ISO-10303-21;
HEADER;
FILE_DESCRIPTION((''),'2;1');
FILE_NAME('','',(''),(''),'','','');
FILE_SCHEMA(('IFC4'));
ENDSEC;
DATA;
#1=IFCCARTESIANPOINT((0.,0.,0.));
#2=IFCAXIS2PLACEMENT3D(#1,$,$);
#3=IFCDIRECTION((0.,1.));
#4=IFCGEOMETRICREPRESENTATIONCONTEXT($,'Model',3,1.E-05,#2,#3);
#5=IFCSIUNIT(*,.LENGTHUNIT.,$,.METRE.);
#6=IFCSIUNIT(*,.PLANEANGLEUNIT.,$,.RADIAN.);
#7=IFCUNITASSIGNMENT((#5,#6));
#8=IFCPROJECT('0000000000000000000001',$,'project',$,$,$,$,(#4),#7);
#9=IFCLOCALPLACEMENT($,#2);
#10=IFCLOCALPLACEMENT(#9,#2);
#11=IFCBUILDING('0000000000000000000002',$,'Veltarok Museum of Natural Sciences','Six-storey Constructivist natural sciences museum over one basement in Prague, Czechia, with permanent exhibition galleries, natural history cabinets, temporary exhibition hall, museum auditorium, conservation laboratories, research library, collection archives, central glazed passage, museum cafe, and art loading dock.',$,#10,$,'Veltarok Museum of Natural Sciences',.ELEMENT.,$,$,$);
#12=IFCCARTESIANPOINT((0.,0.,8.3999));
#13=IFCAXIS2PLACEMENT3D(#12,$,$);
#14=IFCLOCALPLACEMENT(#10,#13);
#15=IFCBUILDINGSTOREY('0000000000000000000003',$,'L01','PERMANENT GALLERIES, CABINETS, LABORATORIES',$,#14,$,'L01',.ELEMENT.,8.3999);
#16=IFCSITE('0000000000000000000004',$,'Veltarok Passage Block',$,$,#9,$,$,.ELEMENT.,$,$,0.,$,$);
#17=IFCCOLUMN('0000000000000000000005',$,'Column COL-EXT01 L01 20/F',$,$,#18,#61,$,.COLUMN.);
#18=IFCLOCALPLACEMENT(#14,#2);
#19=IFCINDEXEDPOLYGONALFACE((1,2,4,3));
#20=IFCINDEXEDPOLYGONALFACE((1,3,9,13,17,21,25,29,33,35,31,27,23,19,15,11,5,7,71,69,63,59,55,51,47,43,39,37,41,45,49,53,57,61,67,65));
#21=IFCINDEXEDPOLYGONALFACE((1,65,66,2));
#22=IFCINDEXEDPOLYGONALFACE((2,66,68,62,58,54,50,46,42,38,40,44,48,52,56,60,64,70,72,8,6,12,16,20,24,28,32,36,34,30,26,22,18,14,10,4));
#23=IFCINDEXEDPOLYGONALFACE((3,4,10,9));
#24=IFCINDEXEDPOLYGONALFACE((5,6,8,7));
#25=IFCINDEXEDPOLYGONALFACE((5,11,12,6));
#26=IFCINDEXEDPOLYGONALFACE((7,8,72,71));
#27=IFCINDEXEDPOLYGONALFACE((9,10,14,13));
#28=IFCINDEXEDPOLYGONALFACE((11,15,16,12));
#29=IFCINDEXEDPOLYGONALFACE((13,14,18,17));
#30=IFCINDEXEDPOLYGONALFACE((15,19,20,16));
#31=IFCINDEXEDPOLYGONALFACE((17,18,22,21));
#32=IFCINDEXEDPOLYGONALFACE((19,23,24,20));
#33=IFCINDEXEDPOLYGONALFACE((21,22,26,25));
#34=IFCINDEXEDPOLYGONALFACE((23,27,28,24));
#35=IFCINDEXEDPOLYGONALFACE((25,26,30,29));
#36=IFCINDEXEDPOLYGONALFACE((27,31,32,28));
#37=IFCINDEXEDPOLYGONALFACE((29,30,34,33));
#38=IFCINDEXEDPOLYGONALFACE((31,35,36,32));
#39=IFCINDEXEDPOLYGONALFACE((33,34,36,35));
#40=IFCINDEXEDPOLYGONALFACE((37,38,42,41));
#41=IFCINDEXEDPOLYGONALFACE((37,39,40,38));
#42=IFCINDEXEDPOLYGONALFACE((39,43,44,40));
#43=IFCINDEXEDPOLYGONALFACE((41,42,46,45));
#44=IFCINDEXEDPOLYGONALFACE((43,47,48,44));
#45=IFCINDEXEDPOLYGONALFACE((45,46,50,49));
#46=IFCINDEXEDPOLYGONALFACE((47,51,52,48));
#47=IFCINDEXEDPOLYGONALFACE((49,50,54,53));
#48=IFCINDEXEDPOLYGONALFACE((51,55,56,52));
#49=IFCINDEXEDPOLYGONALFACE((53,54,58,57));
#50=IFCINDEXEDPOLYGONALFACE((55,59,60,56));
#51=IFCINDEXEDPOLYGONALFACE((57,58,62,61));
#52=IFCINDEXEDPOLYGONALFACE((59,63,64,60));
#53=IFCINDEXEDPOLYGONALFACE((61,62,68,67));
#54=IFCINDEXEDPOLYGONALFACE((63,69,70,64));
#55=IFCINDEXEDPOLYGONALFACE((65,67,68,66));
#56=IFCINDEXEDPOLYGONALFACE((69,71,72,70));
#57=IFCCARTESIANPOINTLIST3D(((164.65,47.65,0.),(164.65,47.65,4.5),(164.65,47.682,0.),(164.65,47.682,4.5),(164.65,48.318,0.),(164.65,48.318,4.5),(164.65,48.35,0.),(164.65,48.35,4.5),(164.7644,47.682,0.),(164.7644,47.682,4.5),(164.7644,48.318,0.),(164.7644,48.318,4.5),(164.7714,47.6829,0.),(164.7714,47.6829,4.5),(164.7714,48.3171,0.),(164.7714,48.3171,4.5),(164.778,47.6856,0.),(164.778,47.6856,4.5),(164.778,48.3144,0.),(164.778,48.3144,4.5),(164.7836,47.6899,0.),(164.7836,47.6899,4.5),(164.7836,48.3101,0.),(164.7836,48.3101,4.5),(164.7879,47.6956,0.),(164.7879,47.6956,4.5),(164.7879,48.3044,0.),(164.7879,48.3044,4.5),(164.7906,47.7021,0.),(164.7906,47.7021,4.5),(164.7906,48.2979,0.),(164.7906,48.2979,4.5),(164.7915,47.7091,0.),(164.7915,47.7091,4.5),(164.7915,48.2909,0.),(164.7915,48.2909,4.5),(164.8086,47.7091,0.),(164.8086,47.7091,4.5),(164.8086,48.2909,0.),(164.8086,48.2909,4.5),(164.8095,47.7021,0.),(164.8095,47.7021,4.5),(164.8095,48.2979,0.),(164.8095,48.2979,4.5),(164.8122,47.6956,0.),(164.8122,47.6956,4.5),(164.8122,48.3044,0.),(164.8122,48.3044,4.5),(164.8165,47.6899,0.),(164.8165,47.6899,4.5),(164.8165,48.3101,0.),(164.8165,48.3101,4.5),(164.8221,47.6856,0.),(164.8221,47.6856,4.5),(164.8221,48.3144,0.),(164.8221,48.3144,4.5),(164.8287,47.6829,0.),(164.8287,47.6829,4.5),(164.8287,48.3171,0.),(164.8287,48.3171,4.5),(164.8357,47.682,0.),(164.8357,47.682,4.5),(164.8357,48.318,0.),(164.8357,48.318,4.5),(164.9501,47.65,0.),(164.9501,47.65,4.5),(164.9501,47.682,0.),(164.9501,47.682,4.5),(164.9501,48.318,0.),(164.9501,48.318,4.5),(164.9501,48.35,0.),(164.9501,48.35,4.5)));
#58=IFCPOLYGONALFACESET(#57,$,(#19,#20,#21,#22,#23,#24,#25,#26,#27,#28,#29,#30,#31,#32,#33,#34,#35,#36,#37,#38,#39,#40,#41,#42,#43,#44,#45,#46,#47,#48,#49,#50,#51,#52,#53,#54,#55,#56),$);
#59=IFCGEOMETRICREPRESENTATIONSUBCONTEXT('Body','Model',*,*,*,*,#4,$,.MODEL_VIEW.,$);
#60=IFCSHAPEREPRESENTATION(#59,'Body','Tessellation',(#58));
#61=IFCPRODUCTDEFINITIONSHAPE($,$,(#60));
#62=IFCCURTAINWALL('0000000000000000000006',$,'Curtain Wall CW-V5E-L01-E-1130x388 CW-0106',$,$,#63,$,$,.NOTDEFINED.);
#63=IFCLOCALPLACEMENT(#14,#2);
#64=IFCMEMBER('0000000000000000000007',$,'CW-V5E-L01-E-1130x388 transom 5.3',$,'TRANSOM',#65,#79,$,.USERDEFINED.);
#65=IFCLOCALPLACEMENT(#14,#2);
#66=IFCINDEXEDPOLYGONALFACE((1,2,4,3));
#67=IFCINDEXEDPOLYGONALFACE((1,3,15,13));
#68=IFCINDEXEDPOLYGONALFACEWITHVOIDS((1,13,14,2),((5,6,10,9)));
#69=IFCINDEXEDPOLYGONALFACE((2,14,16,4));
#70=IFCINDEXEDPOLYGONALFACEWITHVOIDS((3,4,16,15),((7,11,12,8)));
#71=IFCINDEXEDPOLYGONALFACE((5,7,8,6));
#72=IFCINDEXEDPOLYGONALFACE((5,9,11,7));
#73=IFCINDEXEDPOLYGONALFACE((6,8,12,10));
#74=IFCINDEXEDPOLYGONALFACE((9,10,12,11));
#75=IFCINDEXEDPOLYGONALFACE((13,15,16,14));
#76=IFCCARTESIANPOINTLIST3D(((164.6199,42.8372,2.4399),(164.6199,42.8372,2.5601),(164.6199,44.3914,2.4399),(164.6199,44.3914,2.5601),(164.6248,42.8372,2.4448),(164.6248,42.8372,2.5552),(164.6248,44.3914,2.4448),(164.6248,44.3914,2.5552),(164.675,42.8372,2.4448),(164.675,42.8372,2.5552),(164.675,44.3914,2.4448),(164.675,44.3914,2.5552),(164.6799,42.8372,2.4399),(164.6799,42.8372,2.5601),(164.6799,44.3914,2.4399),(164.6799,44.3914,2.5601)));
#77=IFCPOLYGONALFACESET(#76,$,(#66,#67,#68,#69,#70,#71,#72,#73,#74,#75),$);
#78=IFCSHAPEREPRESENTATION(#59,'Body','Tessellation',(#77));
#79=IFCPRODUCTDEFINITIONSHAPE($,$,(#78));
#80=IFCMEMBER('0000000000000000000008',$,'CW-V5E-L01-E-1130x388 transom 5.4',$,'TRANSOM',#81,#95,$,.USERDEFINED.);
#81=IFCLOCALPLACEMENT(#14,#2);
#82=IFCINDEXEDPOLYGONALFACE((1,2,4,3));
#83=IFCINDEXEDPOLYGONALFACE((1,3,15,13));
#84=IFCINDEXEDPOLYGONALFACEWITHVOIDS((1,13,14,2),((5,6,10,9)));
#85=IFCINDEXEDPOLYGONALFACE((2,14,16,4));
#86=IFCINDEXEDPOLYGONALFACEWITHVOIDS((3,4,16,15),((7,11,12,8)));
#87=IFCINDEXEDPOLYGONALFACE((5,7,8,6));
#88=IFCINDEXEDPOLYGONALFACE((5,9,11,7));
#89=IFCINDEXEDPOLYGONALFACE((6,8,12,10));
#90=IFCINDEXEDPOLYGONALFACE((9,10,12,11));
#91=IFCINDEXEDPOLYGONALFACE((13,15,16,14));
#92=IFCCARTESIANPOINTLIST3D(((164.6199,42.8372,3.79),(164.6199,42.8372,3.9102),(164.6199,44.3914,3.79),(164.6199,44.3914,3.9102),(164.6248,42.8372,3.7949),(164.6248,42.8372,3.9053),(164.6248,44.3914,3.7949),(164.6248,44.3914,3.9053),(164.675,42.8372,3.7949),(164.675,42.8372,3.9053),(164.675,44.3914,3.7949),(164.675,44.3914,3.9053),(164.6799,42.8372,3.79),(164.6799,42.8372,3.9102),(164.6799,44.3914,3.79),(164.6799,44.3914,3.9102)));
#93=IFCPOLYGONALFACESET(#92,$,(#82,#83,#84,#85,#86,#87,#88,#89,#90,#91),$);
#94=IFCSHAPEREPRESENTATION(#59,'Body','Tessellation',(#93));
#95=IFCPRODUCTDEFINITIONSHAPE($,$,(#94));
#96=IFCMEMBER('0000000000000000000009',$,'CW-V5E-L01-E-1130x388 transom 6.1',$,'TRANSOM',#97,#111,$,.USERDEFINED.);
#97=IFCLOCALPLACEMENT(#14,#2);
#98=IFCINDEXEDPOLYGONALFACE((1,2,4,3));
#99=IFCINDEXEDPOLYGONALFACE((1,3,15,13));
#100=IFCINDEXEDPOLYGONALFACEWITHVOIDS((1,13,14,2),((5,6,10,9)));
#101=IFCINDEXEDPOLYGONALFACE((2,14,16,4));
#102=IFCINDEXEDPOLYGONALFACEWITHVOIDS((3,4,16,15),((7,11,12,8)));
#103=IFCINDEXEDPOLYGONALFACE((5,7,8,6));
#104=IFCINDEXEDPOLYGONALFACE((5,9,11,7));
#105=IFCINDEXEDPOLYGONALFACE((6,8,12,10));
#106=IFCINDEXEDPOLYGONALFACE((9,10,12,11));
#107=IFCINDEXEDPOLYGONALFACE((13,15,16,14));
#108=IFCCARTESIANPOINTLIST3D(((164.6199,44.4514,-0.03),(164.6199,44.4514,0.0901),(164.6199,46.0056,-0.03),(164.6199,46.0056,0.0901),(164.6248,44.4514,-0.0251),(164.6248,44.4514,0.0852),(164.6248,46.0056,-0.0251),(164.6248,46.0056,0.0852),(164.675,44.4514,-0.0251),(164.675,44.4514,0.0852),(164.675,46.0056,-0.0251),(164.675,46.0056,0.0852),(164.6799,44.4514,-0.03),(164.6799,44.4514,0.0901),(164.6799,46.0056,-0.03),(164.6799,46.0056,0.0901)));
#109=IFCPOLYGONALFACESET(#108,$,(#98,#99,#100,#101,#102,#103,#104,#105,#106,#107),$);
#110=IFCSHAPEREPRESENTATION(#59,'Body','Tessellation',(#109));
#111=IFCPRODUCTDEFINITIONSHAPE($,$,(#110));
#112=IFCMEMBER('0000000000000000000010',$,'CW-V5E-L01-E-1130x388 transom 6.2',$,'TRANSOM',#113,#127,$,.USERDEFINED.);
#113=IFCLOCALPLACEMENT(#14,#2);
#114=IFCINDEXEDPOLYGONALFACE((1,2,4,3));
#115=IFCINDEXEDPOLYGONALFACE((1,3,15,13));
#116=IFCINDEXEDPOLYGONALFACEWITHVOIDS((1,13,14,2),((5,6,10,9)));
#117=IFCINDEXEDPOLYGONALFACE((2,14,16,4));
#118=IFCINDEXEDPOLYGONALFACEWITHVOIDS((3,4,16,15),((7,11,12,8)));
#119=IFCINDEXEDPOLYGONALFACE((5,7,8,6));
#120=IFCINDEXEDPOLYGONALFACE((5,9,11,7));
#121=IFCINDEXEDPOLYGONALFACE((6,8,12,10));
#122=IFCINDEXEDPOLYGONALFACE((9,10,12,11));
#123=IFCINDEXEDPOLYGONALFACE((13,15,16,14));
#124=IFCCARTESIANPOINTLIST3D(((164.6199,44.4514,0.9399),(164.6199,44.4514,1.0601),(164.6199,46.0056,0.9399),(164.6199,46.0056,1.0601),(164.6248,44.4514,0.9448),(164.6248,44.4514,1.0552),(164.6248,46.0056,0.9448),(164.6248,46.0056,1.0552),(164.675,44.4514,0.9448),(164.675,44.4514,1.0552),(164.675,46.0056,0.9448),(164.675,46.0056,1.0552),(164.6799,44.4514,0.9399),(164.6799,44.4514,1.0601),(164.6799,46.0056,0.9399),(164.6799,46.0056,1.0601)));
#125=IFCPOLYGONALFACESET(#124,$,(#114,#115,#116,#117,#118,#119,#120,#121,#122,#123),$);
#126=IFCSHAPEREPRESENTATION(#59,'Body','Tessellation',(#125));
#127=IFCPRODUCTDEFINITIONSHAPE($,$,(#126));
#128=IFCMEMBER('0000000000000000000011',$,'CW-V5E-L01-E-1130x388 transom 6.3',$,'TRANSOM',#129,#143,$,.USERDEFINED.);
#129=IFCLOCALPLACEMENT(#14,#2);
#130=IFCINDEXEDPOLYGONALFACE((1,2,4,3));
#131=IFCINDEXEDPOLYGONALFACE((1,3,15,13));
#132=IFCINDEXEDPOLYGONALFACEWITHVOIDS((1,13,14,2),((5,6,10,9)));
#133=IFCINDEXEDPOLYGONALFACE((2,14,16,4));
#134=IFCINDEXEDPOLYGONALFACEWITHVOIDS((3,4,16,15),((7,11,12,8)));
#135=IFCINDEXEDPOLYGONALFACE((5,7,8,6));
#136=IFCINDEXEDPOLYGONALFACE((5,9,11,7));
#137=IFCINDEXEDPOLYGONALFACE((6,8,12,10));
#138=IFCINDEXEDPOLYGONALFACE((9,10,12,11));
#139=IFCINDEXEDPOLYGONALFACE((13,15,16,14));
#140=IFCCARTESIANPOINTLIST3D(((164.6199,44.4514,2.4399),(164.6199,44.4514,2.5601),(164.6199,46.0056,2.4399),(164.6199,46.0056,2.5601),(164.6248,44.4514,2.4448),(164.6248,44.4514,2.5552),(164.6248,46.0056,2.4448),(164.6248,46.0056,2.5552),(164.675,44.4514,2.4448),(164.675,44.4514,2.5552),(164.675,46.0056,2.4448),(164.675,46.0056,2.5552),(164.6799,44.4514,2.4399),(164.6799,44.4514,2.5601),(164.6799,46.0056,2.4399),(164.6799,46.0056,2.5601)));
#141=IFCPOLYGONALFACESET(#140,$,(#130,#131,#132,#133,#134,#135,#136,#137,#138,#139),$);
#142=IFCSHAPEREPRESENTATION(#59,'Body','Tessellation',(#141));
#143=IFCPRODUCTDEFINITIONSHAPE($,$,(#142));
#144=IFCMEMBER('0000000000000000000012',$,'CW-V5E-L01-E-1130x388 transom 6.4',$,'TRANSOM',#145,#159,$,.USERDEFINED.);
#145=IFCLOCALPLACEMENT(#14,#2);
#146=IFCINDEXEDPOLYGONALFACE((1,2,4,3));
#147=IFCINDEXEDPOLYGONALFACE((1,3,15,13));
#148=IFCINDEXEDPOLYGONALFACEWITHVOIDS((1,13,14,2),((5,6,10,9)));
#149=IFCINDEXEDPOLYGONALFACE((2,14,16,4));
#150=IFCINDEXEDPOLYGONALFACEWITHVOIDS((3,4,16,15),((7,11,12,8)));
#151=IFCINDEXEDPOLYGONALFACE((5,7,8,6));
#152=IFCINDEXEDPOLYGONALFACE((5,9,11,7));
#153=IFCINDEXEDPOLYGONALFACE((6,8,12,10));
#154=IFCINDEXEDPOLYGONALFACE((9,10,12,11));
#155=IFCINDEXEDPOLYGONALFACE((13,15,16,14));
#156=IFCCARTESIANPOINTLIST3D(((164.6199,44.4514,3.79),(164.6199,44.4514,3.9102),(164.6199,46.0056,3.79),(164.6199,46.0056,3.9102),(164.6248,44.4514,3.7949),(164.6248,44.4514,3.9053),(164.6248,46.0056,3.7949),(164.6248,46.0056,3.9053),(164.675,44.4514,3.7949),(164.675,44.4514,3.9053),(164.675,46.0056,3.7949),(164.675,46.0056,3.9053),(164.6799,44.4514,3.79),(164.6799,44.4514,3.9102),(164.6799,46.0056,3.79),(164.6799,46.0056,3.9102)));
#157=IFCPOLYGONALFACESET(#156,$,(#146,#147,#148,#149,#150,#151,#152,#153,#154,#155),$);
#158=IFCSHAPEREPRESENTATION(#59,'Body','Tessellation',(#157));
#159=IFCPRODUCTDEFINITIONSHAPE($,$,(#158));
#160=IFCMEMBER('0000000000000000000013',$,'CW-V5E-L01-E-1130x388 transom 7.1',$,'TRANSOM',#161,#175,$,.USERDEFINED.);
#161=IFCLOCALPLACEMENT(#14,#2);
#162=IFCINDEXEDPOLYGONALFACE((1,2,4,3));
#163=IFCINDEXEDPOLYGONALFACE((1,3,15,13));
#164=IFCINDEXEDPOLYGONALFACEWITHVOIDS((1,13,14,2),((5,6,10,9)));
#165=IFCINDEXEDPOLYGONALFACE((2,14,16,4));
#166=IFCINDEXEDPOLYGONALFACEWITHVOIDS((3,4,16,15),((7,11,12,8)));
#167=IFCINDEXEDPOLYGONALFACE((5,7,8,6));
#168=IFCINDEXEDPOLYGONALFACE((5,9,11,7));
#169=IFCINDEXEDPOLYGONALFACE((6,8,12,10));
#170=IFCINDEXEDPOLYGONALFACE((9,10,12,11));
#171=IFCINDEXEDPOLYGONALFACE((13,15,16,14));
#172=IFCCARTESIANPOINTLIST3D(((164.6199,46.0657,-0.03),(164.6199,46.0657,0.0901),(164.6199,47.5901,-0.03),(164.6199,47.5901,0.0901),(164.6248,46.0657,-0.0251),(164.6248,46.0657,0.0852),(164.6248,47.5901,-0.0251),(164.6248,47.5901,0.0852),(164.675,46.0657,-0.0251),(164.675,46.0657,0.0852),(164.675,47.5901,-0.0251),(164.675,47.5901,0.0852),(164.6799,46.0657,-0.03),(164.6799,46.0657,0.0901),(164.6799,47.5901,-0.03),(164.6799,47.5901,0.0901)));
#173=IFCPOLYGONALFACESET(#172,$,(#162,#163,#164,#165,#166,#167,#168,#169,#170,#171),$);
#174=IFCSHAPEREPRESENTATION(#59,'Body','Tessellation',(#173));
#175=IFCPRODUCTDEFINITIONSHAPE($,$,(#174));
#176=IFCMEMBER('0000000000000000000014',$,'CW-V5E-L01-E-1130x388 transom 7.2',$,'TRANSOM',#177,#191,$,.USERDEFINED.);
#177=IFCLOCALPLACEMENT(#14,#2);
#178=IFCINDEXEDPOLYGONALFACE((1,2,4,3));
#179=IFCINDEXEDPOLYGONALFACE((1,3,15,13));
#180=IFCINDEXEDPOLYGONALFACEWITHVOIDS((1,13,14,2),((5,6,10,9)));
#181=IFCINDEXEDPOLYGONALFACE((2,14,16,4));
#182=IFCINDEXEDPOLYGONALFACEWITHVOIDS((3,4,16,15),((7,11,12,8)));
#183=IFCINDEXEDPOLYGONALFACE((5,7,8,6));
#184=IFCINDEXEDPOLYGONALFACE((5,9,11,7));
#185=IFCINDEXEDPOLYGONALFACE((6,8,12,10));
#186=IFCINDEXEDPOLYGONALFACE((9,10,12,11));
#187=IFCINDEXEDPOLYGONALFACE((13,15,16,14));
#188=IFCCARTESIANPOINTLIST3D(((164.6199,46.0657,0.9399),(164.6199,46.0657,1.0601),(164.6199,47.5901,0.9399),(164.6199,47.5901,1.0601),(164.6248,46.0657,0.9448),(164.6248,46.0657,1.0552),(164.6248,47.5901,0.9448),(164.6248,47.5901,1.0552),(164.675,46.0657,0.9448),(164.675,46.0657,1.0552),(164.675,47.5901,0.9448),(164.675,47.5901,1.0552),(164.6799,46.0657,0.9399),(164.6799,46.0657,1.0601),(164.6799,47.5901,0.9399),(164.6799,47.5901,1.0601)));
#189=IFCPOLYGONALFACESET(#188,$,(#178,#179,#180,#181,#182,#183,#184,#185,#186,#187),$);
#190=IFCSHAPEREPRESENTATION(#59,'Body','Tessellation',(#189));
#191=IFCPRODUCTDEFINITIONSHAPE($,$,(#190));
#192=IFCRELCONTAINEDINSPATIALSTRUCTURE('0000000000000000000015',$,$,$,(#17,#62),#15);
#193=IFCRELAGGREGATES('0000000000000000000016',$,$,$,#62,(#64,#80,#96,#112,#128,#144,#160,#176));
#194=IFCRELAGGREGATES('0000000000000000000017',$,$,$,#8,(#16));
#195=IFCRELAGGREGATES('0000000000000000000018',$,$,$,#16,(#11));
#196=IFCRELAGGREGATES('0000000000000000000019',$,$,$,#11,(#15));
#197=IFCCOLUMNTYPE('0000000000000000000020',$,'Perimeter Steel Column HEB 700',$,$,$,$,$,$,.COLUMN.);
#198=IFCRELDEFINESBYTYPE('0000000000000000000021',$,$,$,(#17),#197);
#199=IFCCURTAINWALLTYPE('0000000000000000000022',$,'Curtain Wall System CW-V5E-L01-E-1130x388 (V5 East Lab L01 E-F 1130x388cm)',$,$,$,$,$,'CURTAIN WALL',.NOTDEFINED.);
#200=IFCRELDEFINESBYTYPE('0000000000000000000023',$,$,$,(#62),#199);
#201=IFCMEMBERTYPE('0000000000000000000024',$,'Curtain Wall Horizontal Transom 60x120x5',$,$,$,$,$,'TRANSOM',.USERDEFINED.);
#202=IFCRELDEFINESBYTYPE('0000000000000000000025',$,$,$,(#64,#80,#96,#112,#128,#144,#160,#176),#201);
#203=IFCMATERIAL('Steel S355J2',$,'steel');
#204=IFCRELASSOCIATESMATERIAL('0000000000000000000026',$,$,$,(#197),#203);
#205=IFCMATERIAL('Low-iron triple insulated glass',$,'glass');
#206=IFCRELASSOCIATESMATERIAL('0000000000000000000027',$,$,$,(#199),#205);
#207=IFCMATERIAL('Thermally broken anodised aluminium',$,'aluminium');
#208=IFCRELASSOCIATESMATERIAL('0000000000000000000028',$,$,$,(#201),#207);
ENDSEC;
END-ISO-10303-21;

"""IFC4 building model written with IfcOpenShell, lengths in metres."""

from ifc_helpers import new_model, si_unit, direction, frame, origin, origin_2d, place, context, subcontext, project, spatial, hollow_rectangle, i_section, extrude, material, material_profile, profile_set, type_object, element, aggregate, save


model = new_model("IFC4")

# Units and contexts
model_context = context("Model", 3, precision=1e-05, world=origin(), true_north=direction((0.0, 1.0)))
body_context = subcontext(model_context, "Body", "Model", "MODEL_VIEW")
ifc_project = project(units=[si_unit("LENGTHUNIT", "METRE"), si_unit("PLANEANGLEUNIT", "RADIAN")], contexts=[model_context])

# Site, building, storey
site_placement = place(None, origin())
site = spatial("IfcSite", under=ifc_project, at=site_placement, Name="Veltarok Passage Block", CompositionType="ELEMENT", RefElevation=0.0)
building_placement = place(site_placement, origin())
building = spatial("IfcBuilding", under=site, at=building_placement, Name="Veltarok Museum of Natural Sciences", Description="Six-storey Constructivist natural sciences museum over one basement in Prague, Czechia, with permanent exhibition galleries, natural history cabinets, temporary exhibition hall, museum auditorium, conservation laboratories, research library, collection archives, central glazed passage, museum cafe, and art loading dock.", LongName="Veltarok Museum of Natural Sciences", CompositionType="ELEMENT")
storey_placement = place(building_placement, frame((0.0, 0.0, 8.3999)))
storey = spatial("IfcBuildingStorey", under=building, at=storey_placement, Name="L01", Description="PERMANENT GALLERIES, CABINETS, LABORATORIES", LongName="L01", CompositionType="ELEMENT", Elevation=8.3999)

# Column
ifc_material_1 = material(Name="Steel S355J2", Category="steel")
ifc_material_profile_1 = material_profile(ifc_material_1, i_section(OverallWidth=0.3, OverallDepth=0.7, WebThickness=0.0171, FlangeThickness=0.032, FilletRadius=0.0271, at=origin_2d()), Name="HEB 700")
ifc_profile_set_1 = profile_set([ifc_material_profile_1], Name="Steel S355J2")
column_type = type_object("IfcColumnType", Name="Perimeter Steel Column HEB 700", PredefinedType="COLUMN", material=ifc_profile_set_1)
column_placement = place(storey_placement, frame((164.8, 48.0, 0.0), z_axis=(0.0, 0.0, 1.0), x_axis=(1.0, 0.0, 0.0)))
element("IfcColumn", 1, at=column_placement, inside=storey, type_object=column_type, Name="Column COL-EXT01 L01 20/F", PredefinedType="COLUMN", context=body_context, shape_type="SweptSolid", body=[
    extrude(i_section(OverallWidth=0.3, OverallDepth=0.7, WebThickness=0.0171, FlangeThickness=0.032, FilletRadius=0.0271, at=origin_2d()), origin(), (0.0, 0.0, 1.0), 4.5),
])

# Curtain wall, members
ifc_material_2 = material(Name="Low-iron triple insulated glass", Category="glass")
curtain_wall_type_1 = type_object("IfcCurtainWallType", Name="Curtain Wall System CW-V5E-L01-E-1130x388 (V5 East Lab L01 E-F 1130x388cm)", ElementType="CURTAIN WALL", PredefinedType="NOTDEFINED", material=ifc_material_2)
curtain_wall_1_placement = place(storey_placement, origin())
curtain_wall_1 = element("IfcCurtainWall", 2, at=curtain_wall_1_placement, inside=storey, type_object=curtain_wall_type_1, Name="Curtain Wall CW-V5E-L01-E-1130x388 CW-0106", PredefinedType="NOTDEFINED")
ifc_material_3 = material(Name="Thermally broken anodised aluminium", Category="aluminium")
ifc_material_profile_2 = material_profile(ifc_material_3, hollow_rectangle(XDim=0.0601, YDim=0.1201, WallThickness=0.0049, at=origin_2d()), Name="CW TRANSOM 60x120x5")
ifc_profile_set_2 = profile_set([ifc_material_profile_2], Name="Thermally broken anodised aluminium")
member_type_1 = type_object("IfcMemberType", Name="Curtain Wall Horizontal Transom 60x120x5", ElementType="TRANSOM", PredefinedType="USERDEFINED", material=ifc_profile_set_2)
member_1_placement = place(storey_placement, frame((164.6499, 42.8372, 2.5), z_axis=(0.0, 1.0, 0.0), x_axis=(-1.0, 0.0, 0.0)))
member_1 = element("IfcMember", 3, at=member_1_placement, type_object=member_type_1, Name="CW-V5E-L01-E-1130x388 transom 5.3", ObjectType="TRANSOM", PredefinedType="USERDEFINED", context=body_context, shape_type="SweptSolid", body=[
    extrude(hollow_rectangle(XDim=0.0601, YDim=0.1201, WallThickness=0.0049, at=origin_2d()), origin(), (0.0, 0.0, 1.0), 1.5542),
])
member_2_placement = place(storey_placement, frame((164.6499, 42.8372, 3.8501), z_axis=(0.0, 1.0, 0.0), x_axis=(-1.0, 0.0, 0.0)))
member_2 = element("IfcMember", 4, at=member_2_placement, type_object=member_type_1, Name="CW-V5E-L01-E-1130x388 transom 5.4", ObjectType="TRANSOM", PredefinedType="USERDEFINED", context=body_context, shape_type="SweptSolid", body=[
    extrude(hollow_rectangle(XDim=0.0601, YDim=0.1201, WallThickness=0.0049, at=origin_2d()), origin(), (0.0, 0.0, 1.0), 1.5542),
])
member_3_placement = place(storey_placement, frame((164.6499, 44.4514, 0.03), z_axis=(0.0, 1.0, 0.0), x_axis=(-1.0, 0.0, 0.0)))
member_3 = element("IfcMember", 5, at=member_3_placement, type_object=member_type_1, Name="CW-V5E-L01-E-1130x388 transom 6.1", ObjectType="TRANSOM", PredefinedType="USERDEFINED", context=body_context, shape_type="SweptSolid", body=[
    extrude(hollow_rectangle(XDim=0.0601, YDim=0.1201, WallThickness=0.0049, at=origin_2d()), origin(), (0.0, 0.0, 1.0), 1.5542),
])
member_4_placement = place(storey_placement, frame((164.6499, 44.4514, 1.0), z_axis=(0.0, 1.0, 0.0), x_axis=(-1.0, 0.0, 0.0)))
member_4 = element("IfcMember", 6, at=member_4_placement, type_object=member_type_1, Name="CW-V5E-L01-E-1130x388 transom 6.2", ObjectType="TRANSOM", PredefinedType="USERDEFINED", context=body_context, shape_type="SweptSolid", body=[
    extrude(hollow_rectangle(XDim=0.0601, YDim=0.1201, WallThickness=0.0049, at=origin_2d()), origin(), (0.0, 0.0, 1.0), 1.5542),
])
member_5_placement = place(storey_placement, frame((164.6499, 44.4514, 2.5), z_axis=(0.0, 1.0, 0.0), x_axis=(-1.0, 0.0, 0.0)))
member_5 = element("IfcMember", 7, at=member_5_placement, type_object=member_type_1, Name="CW-V5E-L01-E-1130x388 transom 6.3", ObjectType="TRANSOM", PredefinedType="USERDEFINED", context=body_context, shape_type="SweptSolid", body=[
    extrude(hollow_rectangle(XDim=0.0601, YDim=0.1201, WallThickness=0.0049, at=origin_2d()), origin(), (0.0, 0.0, 1.0), 1.5542),
])
member_6_placement = place(storey_placement, frame((164.6499, 44.4514, 3.8501), z_axis=(0.0, 1.0, 0.0), x_axis=(-1.0, 0.0, 0.0)))
member_6 = element("IfcMember", 8, at=member_6_placement, type_object=member_type_1, Name="CW-V5E-L01-E-1130x388 transom 6.4", ObjectType="TRANSOM", PredefinedType="USERDEFINED", context=body_context, shape_type="SweptSolid", body=[
    extrude(hollow_rectangle(XDim=0.0601, YDim=0.1201, WallThickness=0.0049, at=origin_2d()), origin(), (0.0, 0.0, 1.0), 1.5542),
])
member_7_placement = place(storey_placement, frame((164.6499, 46.0657, 0.03), z_axis=(0.0, 1.0, 0.0), x_axis=(-1.0, 0.0, 0.0)))
member_7 = element("IfcMember", 9, at=member_7_placement, type_object=member_type_1, Name="CW-V5E-L01-E-1130x388 transom 7.1", ObjectType="TRANSOM", PredefinedType="USERDEFINED", context=body_context, shape_type="SweptSolid", body=[
    extrude(hollow_rectangle(XDim=0.0601, YDim=0.1201, WallThickness=0.0049, at=origin_2d()), origin(), (0.0, 0.0, 1.0), 1.5244),
])
member_8_placement = place(storey_placement, frame((164.6499, 46.0657, 1.0), z_axis=(0.0, 1.0, 0.0), x_axis=(-1.0, 0.0, 0.0)))
member_8 = element("IfcMember", 10, at=member_8_placement, type_object=member_type_1, Name="CW-V5E-L01-E-1130x388 transom 7.2", ObjectType="TRANSOM", PredefinedType="USERDEFINED", context=body_context, shape_type="SweptSolid", body=[
    extrude(hollow_rectangle(XDim=0.0601, YDim=0.1201, WallThickness=0.0049, at=origin_2d()), origin(), (0.0, 0.0, 1.0), 1.5244),
])

aggregate(curtain_wall_1, [member_1, member_2, member_3, member_4, member_5, member_6, member_7, member_8])

save(model, "model.ifc")
